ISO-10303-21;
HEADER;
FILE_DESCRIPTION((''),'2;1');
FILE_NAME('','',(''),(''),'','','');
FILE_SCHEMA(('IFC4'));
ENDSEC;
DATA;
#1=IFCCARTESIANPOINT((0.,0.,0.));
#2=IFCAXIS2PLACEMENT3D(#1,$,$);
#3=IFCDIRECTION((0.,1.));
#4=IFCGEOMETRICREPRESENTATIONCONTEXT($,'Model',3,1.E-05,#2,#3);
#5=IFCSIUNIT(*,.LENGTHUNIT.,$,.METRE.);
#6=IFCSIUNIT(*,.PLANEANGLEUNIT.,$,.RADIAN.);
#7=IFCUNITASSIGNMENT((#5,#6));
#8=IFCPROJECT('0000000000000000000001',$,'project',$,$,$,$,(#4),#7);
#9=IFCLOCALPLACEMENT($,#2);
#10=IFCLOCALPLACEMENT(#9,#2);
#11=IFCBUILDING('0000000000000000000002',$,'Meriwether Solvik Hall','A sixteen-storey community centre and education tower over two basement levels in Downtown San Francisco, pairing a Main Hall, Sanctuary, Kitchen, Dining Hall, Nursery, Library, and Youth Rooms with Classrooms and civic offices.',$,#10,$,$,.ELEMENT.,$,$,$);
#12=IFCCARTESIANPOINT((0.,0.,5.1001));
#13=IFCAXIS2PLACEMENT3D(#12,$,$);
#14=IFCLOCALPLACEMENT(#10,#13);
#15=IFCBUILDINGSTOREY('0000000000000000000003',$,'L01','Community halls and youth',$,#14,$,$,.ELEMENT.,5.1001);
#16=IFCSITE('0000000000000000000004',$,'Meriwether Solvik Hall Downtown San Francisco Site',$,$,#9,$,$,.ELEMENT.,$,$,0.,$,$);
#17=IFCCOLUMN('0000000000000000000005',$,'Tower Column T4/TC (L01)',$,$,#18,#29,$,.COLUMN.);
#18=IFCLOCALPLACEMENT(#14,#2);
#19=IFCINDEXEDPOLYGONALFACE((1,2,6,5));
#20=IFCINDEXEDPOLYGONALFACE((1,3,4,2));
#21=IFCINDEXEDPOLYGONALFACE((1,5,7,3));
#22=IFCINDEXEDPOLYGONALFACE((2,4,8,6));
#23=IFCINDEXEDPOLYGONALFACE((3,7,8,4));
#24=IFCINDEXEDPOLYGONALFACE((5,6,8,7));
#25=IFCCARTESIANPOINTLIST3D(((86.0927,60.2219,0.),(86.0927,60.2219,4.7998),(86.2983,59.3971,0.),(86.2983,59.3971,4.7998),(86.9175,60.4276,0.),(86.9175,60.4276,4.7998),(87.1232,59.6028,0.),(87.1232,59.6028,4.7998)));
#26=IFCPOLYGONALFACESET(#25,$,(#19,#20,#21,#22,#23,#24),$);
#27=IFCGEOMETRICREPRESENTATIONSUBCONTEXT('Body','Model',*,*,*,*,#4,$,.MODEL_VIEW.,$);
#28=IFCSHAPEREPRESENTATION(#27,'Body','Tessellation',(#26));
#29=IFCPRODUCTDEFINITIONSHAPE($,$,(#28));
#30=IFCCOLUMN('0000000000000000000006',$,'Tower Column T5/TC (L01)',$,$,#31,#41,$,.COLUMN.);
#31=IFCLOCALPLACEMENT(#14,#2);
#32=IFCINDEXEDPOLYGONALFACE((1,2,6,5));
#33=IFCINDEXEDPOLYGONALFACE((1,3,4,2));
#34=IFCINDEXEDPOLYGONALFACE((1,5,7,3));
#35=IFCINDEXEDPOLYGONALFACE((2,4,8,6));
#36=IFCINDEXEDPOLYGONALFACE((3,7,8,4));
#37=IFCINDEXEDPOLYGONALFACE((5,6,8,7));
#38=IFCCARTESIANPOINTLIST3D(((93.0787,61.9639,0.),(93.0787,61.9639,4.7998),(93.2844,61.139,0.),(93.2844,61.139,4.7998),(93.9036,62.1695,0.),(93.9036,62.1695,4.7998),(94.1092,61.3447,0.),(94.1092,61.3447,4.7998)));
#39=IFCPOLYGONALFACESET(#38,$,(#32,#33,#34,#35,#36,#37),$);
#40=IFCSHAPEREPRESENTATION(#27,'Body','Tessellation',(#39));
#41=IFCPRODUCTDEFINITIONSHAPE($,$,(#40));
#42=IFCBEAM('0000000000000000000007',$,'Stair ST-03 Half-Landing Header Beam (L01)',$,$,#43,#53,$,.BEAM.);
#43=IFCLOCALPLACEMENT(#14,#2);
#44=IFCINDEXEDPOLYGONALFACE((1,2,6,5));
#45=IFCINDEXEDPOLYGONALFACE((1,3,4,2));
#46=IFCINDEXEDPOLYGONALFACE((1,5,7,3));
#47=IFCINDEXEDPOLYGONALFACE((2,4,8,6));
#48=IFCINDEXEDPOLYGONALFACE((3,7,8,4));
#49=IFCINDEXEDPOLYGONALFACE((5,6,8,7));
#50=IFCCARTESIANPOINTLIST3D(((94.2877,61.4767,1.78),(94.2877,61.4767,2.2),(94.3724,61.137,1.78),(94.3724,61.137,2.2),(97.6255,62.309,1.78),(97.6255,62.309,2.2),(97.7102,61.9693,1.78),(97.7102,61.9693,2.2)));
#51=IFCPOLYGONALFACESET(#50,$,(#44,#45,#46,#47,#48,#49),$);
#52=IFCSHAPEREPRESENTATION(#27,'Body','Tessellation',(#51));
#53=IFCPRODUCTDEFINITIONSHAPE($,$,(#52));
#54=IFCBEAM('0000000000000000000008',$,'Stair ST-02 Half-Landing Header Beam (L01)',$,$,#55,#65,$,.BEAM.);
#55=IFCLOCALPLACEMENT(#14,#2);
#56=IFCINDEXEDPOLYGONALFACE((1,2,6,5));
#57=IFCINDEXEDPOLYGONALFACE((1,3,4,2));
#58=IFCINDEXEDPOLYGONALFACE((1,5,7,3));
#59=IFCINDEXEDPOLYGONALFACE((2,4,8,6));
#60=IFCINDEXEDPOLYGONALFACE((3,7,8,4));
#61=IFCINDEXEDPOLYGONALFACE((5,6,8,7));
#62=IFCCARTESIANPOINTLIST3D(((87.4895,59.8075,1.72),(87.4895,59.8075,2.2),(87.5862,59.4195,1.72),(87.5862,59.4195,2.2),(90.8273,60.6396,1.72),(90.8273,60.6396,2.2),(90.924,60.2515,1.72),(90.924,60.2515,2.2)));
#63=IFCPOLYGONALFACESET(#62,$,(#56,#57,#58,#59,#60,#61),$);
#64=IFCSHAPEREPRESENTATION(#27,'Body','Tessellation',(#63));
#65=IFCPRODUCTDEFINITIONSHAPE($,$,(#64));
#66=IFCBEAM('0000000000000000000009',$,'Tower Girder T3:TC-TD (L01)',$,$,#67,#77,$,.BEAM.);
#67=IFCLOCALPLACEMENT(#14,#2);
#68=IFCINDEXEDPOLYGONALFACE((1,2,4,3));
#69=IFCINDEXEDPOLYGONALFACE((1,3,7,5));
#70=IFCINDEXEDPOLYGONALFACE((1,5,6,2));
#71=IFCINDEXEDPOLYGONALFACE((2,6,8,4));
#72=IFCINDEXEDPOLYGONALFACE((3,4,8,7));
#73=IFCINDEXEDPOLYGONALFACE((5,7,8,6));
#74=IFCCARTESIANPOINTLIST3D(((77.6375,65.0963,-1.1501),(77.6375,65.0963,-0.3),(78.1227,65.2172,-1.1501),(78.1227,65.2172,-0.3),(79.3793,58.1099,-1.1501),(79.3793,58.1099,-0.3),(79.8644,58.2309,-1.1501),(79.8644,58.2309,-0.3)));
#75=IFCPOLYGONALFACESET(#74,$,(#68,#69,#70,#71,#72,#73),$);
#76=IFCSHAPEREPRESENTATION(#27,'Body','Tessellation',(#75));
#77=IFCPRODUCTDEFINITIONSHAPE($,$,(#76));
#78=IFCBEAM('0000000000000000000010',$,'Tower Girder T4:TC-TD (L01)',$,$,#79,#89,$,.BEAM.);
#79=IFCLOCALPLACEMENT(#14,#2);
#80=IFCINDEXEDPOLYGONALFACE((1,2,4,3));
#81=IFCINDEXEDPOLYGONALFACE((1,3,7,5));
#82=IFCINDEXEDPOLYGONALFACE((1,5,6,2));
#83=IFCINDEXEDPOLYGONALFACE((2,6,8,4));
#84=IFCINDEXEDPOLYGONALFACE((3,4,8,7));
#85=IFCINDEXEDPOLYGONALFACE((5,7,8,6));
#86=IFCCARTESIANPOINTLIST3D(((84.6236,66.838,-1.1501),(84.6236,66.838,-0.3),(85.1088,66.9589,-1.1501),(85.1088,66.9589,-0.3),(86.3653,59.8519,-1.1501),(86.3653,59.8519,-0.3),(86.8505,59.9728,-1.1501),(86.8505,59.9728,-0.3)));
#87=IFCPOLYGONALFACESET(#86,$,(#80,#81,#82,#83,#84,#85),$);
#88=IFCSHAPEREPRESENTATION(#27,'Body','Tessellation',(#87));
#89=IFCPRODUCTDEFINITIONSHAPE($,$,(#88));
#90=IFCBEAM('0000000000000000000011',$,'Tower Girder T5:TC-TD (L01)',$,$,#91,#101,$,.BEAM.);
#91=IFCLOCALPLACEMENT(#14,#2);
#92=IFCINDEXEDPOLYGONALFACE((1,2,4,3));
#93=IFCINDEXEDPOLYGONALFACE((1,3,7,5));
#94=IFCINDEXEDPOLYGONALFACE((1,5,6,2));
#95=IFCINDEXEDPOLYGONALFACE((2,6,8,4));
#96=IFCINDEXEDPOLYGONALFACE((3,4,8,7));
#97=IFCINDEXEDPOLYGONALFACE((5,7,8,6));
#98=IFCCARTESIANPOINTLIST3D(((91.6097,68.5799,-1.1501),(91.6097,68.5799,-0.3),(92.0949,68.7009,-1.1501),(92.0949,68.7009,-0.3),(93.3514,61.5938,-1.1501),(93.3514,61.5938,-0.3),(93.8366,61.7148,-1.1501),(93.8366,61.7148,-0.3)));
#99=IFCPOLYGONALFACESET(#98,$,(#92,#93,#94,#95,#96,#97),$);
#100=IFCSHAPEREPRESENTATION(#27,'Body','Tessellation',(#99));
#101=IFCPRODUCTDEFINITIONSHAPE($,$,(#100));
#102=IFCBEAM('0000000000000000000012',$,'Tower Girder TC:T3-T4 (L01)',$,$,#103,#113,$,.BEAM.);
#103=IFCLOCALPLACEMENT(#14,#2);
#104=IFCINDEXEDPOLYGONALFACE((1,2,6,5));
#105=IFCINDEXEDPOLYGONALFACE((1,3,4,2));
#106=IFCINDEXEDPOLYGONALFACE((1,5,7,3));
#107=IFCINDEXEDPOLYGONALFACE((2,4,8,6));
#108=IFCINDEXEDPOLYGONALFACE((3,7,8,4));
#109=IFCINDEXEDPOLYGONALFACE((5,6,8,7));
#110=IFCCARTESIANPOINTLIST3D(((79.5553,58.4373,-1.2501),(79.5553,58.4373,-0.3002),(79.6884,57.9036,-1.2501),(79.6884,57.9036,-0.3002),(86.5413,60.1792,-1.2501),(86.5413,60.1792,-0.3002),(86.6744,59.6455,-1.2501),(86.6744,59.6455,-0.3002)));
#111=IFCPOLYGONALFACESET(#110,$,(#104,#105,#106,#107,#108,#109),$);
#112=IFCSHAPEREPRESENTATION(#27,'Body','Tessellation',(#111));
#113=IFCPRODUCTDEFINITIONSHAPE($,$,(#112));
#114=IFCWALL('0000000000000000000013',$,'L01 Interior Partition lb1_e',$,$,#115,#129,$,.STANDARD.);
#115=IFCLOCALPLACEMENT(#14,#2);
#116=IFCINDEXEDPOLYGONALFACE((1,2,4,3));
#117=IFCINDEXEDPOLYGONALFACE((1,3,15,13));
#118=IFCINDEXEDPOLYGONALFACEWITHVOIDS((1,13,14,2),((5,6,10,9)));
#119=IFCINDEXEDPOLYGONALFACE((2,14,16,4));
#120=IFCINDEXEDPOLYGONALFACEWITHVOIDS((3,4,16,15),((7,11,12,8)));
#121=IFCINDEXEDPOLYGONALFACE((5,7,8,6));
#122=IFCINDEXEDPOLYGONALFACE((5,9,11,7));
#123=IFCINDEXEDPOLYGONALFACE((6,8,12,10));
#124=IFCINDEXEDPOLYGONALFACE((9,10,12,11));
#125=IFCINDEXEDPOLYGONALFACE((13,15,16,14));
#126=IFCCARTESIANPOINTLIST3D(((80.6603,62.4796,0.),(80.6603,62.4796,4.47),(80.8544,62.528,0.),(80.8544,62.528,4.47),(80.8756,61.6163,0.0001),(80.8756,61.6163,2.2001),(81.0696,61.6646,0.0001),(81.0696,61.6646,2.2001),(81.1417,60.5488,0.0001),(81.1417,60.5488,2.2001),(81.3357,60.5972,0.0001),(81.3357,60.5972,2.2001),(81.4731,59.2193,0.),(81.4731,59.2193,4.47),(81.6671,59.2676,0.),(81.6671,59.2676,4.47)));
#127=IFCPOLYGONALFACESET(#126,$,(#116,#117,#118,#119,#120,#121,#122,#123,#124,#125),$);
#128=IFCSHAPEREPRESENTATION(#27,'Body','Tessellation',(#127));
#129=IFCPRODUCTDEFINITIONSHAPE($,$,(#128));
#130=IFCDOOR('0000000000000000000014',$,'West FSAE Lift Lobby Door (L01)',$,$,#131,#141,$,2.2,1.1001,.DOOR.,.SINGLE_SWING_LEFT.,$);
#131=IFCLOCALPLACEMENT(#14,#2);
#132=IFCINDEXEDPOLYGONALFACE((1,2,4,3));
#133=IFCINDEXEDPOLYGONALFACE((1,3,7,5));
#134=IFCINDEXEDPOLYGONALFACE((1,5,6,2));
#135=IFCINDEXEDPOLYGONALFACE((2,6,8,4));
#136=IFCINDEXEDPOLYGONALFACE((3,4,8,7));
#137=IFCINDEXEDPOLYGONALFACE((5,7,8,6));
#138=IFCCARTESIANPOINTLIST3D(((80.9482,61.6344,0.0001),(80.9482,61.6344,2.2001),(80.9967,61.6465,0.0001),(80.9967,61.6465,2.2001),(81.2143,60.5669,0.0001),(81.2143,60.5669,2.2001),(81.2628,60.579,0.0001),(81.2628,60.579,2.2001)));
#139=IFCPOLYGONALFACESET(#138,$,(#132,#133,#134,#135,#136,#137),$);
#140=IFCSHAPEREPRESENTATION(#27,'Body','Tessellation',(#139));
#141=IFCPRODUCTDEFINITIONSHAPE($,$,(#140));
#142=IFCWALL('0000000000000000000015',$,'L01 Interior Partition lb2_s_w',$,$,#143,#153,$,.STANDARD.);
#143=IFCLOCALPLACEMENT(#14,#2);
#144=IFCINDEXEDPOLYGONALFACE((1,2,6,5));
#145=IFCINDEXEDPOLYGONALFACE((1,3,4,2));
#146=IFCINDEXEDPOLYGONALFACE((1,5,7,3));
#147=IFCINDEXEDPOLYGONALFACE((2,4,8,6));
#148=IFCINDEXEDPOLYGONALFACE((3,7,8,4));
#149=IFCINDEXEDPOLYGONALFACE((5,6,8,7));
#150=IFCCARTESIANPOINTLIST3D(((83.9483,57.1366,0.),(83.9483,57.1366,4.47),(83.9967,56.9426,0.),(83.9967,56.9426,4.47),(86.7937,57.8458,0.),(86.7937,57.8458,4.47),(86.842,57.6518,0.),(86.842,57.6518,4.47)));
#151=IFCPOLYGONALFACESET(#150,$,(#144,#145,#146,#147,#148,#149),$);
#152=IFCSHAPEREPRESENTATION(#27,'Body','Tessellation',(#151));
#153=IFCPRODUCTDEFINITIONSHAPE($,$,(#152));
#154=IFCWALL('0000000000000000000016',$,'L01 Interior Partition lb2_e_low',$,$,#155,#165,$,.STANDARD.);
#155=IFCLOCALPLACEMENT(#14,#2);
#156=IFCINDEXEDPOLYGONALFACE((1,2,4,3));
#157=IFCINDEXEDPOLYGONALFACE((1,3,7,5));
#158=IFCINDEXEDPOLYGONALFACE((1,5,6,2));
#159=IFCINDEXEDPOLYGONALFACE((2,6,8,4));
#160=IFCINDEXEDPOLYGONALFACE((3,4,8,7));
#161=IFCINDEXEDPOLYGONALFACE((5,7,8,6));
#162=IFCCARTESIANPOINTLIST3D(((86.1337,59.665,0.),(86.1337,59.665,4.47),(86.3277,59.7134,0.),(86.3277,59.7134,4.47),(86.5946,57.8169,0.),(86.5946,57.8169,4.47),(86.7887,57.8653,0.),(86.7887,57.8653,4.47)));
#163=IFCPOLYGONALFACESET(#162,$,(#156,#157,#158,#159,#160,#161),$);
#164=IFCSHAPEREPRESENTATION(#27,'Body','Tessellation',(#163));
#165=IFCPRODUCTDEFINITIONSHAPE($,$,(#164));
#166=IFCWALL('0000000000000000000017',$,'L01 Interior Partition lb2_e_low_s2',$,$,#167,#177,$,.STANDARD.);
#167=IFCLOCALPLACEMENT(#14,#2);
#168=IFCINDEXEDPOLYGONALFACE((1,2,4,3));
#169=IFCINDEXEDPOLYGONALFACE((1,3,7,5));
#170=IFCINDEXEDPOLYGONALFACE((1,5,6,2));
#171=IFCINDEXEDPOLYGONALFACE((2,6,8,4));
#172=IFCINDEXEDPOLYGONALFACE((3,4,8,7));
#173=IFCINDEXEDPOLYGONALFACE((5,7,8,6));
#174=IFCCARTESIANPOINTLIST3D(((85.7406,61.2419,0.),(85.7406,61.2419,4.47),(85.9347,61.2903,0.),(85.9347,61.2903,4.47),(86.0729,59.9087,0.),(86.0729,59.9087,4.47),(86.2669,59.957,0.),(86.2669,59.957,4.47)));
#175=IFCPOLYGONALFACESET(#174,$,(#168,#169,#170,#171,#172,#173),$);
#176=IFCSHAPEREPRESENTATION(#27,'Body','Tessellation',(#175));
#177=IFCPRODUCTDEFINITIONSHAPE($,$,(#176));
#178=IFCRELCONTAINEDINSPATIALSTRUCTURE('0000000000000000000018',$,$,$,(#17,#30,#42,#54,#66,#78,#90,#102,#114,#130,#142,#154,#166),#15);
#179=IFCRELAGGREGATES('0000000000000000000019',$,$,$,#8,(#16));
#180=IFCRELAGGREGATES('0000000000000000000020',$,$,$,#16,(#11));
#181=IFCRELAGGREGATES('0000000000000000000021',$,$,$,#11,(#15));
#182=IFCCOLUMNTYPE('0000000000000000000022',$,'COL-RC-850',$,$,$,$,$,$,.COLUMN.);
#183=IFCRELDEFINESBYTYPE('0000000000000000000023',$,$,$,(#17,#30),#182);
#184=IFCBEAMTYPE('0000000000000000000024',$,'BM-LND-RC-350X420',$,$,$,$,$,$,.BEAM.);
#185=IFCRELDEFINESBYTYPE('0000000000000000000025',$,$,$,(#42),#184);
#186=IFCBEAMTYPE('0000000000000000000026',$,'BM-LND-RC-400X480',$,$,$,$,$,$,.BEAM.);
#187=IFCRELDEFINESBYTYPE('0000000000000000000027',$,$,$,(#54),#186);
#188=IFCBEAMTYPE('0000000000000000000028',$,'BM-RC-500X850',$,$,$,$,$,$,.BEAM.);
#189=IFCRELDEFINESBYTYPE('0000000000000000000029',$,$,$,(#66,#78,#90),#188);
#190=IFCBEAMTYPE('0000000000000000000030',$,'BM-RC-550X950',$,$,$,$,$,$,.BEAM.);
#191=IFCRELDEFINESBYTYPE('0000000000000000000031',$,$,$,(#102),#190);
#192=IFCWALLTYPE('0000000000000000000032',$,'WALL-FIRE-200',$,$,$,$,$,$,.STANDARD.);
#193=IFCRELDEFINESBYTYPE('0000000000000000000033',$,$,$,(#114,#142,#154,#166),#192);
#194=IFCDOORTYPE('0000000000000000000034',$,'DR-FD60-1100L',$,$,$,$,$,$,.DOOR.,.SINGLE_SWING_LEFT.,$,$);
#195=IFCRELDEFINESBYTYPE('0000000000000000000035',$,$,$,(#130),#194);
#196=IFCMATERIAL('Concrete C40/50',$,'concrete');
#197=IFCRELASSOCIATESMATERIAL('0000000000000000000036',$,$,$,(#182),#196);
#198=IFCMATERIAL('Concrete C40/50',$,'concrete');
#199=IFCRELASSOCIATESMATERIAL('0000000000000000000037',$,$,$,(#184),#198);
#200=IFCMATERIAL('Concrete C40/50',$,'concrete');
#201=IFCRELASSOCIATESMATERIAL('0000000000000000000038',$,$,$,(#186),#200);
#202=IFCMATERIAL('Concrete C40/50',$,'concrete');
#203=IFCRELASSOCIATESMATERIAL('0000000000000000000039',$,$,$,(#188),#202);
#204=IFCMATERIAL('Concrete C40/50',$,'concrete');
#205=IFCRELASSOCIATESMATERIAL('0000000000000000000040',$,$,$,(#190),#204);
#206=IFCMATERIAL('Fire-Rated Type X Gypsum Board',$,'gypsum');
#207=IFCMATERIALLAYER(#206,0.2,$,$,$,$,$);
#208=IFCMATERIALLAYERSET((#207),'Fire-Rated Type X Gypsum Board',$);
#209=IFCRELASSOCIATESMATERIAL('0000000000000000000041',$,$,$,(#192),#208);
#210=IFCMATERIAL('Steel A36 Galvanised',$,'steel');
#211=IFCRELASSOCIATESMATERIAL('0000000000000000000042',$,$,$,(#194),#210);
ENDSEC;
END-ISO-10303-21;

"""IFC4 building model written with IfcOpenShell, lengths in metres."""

from ifc_helpers import new_model, si_unit, direction, frame, frame_2d, origin, origin_2d, place, context, subcontext, project, spatial, rectangle, extrude, material, layer, layer_set, material_profile, profile_set, type_object, element, fill, save


model = new_model("IFC4")

# Units and contexts
model_context = context("Model", 3, precision=1e-05, world=origin(), true_north=direction((0.0, 1.0)))
body_context = subcontext(model_context, "Body", "Model", "MODEL_VIEW")
ifc_project = project(units=[si_unit("LENGTHUNIT", "METRE"), si_unit("PLANEANGLEUNIT", "RADIAN")], contexts=[model_context])

# Site, building, storey
site_placement = place(None, origin())
site = spatial("IfcSite", under=ifc_project, at=site_placement, Name="Meriwether Solvik Hall Downtown San Francisco Site", CompositionType="ELEMENT", RefElevation=0.0)
building_placement = place(site_placement, origin())
building = spatial("IfcBuilding", under=site, at=building_placement, Name="Meriwether Solvik Hall", Description="A sixteen-storey community centre and education tower over two basement levels in Downtown San Francisco, pairing a Main Hall, Sanctuary, Kitchen, Dining Hall, Nursery, Library, and Youth Rooms with Classrooms and civic offices.", CompositionType="ELEMENT")
storey_placement = place(building_placement, frame((0.0, 0.0, 5.1001)))
storey = spatial("IfcBuildingStorey", under=building, at=storey_placement, Name="L01", Description="Community halls and youth", CompositionType="ELEMENT", Elevation=5.1001)

# Columns
ifc_material_1 = material(Name="Concrete C40/50", Category="concrete")
ifc_material_profile_1 = material_profile(ifc_material_1, rectangle(XDim=0.8501, YDim=0.8501, at=origin_2d()), Name="RCC-850X850")
ifc_profile_set_1 = profile_set([ifc_material_profile_1], Name="Concrete C40/50")
column_type = type_object("IfcColumnType", Name="COL-RC-850", PredefinedType="COLUMN", material=ifc_profile_set_1)
for number, where, z_axis, x_axis, name in (
    (1, (86.6079, 59.9124, 0.0), (0.0, 0.0, 1.0), (0.970296, 0.241922, 0.0), "Tower Column T4/TC (L01)"),
    (2, (93.594, 61.6543, 0.0), (0.0, 0.0, 1.0), (0.970296, 0.241922, 0.0), "Tower Column T5/TC (L01)"),
):
    element("IfcColumn", number, at=place(storey_placement, frame(where, z_axis=z_axis, x_axis=x_axis)), inside=storey, type_object=column_type, Name=name, PredefinedType="COLUMN", context=body_context, shape_type="SweptSolid", body=[
        extrude(rectangle(XDim=0.8501, YDim=0.8501, at=origin_2d()), origin(), (0.0, 0.0, 1.0), 4.7998),
    ])

# Beams
ifc_material_2 = material(Name="Concrete C40/50", Category="concrete")
ifc_material_profile_2 = material_profile(ifc_material_2, rectangle(XDim=0.3501, YDim=0.4199, at=origin_2d()), Name="RCB-350X420")
ifc_profile_set_2 = profile_set([ifc_material_profile_2], Name="Concrete C40/50")
beam_type_1 = type_object("IfcBeamType", Name="BM-LND-RC-350X420", PredefinedType="BEAM", material=ifc_profile_set_2)
beam_1_placement = place(storey_placement, frame((94.3301, 61.3069, 1.99), z_axis=(0.970288, 0.241951, 0.0), x_axis=(-0.241951, 0.970288, 0.0)))
element("IfcBeam", 3, at=beam_1_placement, inside=storey, type_object=beam_type_1, Name="Stair ST-03 Half-Landing Header Beam (L01)", PredefinedType="BEAM", context=body_context, shape_type="SweptSolid", body=[
    extrude(rectangle(XDim=0.3501, YDim=0.4199, at=origin_2d()), origin(), (0.0, 0.0, 1.0), 3.4399),
])
ifc_material_3 = material(Name="Concrete C40/50", Category="concrete")
ifc_material_profile_3 = material_profile(ifc_material_3, rectangle(XDim=0.3999, YDim=0.48, at=origin_2d()), Name="RCB-400X480")
ifc_profile_set_3 = profile_set([ifc_material_profile_3], Name="Concrete C40/50")
beam_type_2 = type_object("IfcBeamType", Name="BM-LND-RC-400X480", PredefinedType="BEAM", material=ifc_profile_set_3)
beam_2_placement = place(storey_placement, frame((87.5378, 59.6135, 1.96), z_axis=(0.970309, 0.241868, 0.0), x_axis=(-0.241868, 0.970309, 0.0)))
element("IfcBeam", 4, at=beam_2_placement, inside=storey, type_object=beam_type_2, Name="Stair ST-02 Half-Landing Header Beam (L01)", PredefinedType="BEAM", context=body_context, shape_type="SweptSolid", body=[
    extrude(rectangle(XDim=0.3999, YDim=0.48, at=origin_2d()), origin(), (0.0, 0.0, 1.0), 3.4399),
])
ifc_material_4 = material(Name="Concrete C40/50", Category="concrete")
ifc_material_profile_4 = material_profile(ifc_material_4, rectangle(XDim=0.5, YDim=0.8501, at=origin_2d()), Name="RCB-500X850")
ifc_profile_set_4 = profile_set([ifc_material_profile_4], Name="Concrete C40/50")
beam_type_3 = type_object("IfcBeamType", Name="BM-RC-500X850", PredefinedType="BEAM", material=ifc_profile_set_4)
beam_3_placement = place(storey_placement, frame((79.6218, 58.1704, -0.7251), z_axis=(-0.241897, 0.970302, 0.0), x_axis=(-0.970302, -0.241897, 0.0)))
element("IfcBeam", 5, at=beam_3_placement, inside=storey, type_object=beam_type_3, Name="Tower Girder T3:TC-TD (L01)", PredefinedType="BEAM", context=body_context, shape_type="SweptSolid", body=[
    extrude(rectangle(XDim=0.5, YDim=0.8501, at=origin_2d()), origin(), (0.0, 0.0, 1.0), 7.2002),
])
for number, where, z_axis, x_axis, name in (
    (6, (86.6079, 59.9124, -0.7251), (-0.241905, 0.9703, 0.0), (-0.9703, -0.241905, 0.0), "Tower Girder T4:TC-TD (L01)"),
    (7, (93.594, 61.6543, -0.7251), (-0.241905, 0.9703, 0.0), (-0.9703, -0.241905, 0.0), "Tower Girder T5:TC-TD (L01)"),
):
    element("IfcBeam", number, at=place(storey_placement, frame(where, z_axis=z_axis, x_axis=x_axis)), inside=storey, type_object=beam_type_3, Name=name, PredefinedType="BEAM", context=body_context, shape_type="SweptSolid", body=[
        extrude(rectangle(XDim=0.5, YDim=0.8501, at=origin_2d()), origin(), (0.0, 0.0, 1.0), 7.2),
    ])
ifc_material_5 = material(Name="Concrete C40/50", Category="concrete")
ifc_material_profile_5 = material_profile(ifc_material_5, rectangle(XDim=0.55, YDim=0.95, at=origin_2d()), Name="RCB-550X950")
ifc_profile_set_5 = profile_set([ifc_material_profile_5], Name="Concrete C40/50")
beam_type_4 = type_object("IfcBeamType", Name="BM-RC-550X950", PredefinedType="BEAM", material=ifc_profile_set_5)
beam_4_placement = place(storey_placement, frame((79.6218, 58.1704, -0.7751), z_axis=(0.970292, 0.241937, 0.0), x_axis=(-0.241937, 0.970292, 0.0)))
element("IfcBeam", 8, at=beam_4_placement, inside=storey, type_object=beam_type_4, Name="Tower Girder TC:T3-T4 (L01)", PredefinedType="BEAM", context=body_context, shape_type="SweptSolid", body=[
    extrude(rectangle(XDim=0.55, YDim=0.95, at=origin_2d()), origin(), (0.0, 0.0, 1.0), 7.2),
])

# Wall, opening, door
ifc_material_6 = material(Name="Fire-Rated Type X Gypsum Board", Category="gypsum")
ifc_layer_1 = layer(ifc_material_6, 0.2)
ifc_layer_set_1 = layer_set([ifc_layer_1], Name="Fire-Rated Type X Gypsum Board")
wall_type_1 = type_object("IfcWallType", Name="WALL-FIRE-200", PredefinedType="STANDARD", material=ifc_layer_set_1)
wall_1_placement = place(storey_placement, frame((80.7573, 62.5039, 0.0), z_axis=(0.0, 0.0, 1.0), x_axis=(0.241886, -0.970305, 0.0)))
wall_1 = element("IfcWall", 9, at=wall_1_placement, inside=storey, type_object=wall_type_1, Name="L01 Interior Partition lb1_e", PredefinedType="STANDARD", context=body_context, shape_type="SweptSolid", body=[
    extrude(rectangle(XDim=3.3601, YDim=0.2, at=frame_2d((1.6802, 0.0))), origin(), (0.0, 0.0, 1.0), 4.47),
])
opening_placement = place(wall_1_placement, frame((0.8899, 0.0, 0.0)))
opening = element("IfcOpeningElement", 10, at=opening_placement, cuts=wall_1, PredefinedType="OPENING", context=body_context, shape_type="SweptSolid", body=[
    extrude(rectangle(XDim=1.1001, YDim=2.2, at=frame_2d((0.55, 1.1001))), frame((0.0, 0.1118, 0.0), z_axis=(0.0, -1.0, 0.0), x_axis=(1.0, 0.0, 0.0)), (0.0, 0.0, 1.0), 0.2239),
])
ifc_material_7 = material(Name="Steel A36 Galvanised", Category="steel")
door_type = type_object("IfcDoorType", Name="DR-FD60-1100L", OperationType="SINGLE_SWING_LEFT", PredefinedType="DOOR", material=ifc_material_7)
door_placement = place(opening_placement, origin())
door = element("IfcDoor", 11, at=door_placement, inside=storey, type_object=door_type, Name="West FSAE Lift Lobby Door (L01)", OperationType="SINGLE_SWING_LEFT", OverallHeight=2.2, OverallWidth=1.1001, PredefinedType="DOOR", context=body_context, shape_type="SweptSolid", body=[
    extrude(rectangle(XDim=1.1001, YDim=2.2, at=frame_2d((0.55, 1.1001))), frame((0.0, 0.0249, 0.0), z_axis=(0.0, -1.0, 0.0), x_axis=(1.0, 0.0, 0.0)), (0.0, 0.0, 1.0), 0.05),
])
fill(opening, door)

# Walls
wall_2_placement = place(storey_placement, frame((83.9724, 57.0396, 0.0), z_axis=(0.0, 0.0, 1.0), x_axis=(0.970309, 0.241869, 0.0)))
element("IfcWall", 12, at=wall_2_placement, inside=storey, type_object=wall_type_1, Name="L01 Interior Partition lb2_s_w", PredefinedType="STANDARD", context=body_context, shape_type="SweptSolid", body=[
    extrude(rectangle(XDim=2.9324, YDim=0.2, at=frame_2d((1.4663, 0.0))), origin(), (0.0, 0.0, 1.0), 4.47),
])
wall_3_placement = place(storey_placement, frame((86.6917, 57.8411, 0.0), z_axis=(0.0, 0.0, 1.0), x_axis=(-0.241993, 0.970278, 0.0)))
element("IfcWall", 13, at=wall_3_placement, inside=storey, type_object=wall_type_1, Name="L01 Interior Partition lb2_e_low", PredefinedType="STANDARD", context=body_context, shape_type="SweptSolid", body=[
    extrude(rectangle(XDim=1.9048, YDim=0.2, at=frame_2d((0.9524, 0.0))), origin(), (0.0, 0.0, 1.0), 4.47),
])
wall_4_placement = place(storey_placement, frame((86.1699, 59.9329, 0.0), z_axis=(0.0, 0.0, 1.0), x_axis=(-0.241825, 0.97032, 0.0)))
element("IfcWall", 14, at=wall_4_placement, inside=storey, type_object=wall_type_1, Name="L01 Interior Partition lb2_e_low_s2", PredefinedType="STANDARD", context=body_context, shape_type="SweptSolid", body=[
    extrude(rectangle(XDim=1.374, YDim=0.2, at=frame_2d((0.687, 0.0))), origin(), (0.0, 0.0, 1.0), 4.47),
])

save(model, "model.ifc")
